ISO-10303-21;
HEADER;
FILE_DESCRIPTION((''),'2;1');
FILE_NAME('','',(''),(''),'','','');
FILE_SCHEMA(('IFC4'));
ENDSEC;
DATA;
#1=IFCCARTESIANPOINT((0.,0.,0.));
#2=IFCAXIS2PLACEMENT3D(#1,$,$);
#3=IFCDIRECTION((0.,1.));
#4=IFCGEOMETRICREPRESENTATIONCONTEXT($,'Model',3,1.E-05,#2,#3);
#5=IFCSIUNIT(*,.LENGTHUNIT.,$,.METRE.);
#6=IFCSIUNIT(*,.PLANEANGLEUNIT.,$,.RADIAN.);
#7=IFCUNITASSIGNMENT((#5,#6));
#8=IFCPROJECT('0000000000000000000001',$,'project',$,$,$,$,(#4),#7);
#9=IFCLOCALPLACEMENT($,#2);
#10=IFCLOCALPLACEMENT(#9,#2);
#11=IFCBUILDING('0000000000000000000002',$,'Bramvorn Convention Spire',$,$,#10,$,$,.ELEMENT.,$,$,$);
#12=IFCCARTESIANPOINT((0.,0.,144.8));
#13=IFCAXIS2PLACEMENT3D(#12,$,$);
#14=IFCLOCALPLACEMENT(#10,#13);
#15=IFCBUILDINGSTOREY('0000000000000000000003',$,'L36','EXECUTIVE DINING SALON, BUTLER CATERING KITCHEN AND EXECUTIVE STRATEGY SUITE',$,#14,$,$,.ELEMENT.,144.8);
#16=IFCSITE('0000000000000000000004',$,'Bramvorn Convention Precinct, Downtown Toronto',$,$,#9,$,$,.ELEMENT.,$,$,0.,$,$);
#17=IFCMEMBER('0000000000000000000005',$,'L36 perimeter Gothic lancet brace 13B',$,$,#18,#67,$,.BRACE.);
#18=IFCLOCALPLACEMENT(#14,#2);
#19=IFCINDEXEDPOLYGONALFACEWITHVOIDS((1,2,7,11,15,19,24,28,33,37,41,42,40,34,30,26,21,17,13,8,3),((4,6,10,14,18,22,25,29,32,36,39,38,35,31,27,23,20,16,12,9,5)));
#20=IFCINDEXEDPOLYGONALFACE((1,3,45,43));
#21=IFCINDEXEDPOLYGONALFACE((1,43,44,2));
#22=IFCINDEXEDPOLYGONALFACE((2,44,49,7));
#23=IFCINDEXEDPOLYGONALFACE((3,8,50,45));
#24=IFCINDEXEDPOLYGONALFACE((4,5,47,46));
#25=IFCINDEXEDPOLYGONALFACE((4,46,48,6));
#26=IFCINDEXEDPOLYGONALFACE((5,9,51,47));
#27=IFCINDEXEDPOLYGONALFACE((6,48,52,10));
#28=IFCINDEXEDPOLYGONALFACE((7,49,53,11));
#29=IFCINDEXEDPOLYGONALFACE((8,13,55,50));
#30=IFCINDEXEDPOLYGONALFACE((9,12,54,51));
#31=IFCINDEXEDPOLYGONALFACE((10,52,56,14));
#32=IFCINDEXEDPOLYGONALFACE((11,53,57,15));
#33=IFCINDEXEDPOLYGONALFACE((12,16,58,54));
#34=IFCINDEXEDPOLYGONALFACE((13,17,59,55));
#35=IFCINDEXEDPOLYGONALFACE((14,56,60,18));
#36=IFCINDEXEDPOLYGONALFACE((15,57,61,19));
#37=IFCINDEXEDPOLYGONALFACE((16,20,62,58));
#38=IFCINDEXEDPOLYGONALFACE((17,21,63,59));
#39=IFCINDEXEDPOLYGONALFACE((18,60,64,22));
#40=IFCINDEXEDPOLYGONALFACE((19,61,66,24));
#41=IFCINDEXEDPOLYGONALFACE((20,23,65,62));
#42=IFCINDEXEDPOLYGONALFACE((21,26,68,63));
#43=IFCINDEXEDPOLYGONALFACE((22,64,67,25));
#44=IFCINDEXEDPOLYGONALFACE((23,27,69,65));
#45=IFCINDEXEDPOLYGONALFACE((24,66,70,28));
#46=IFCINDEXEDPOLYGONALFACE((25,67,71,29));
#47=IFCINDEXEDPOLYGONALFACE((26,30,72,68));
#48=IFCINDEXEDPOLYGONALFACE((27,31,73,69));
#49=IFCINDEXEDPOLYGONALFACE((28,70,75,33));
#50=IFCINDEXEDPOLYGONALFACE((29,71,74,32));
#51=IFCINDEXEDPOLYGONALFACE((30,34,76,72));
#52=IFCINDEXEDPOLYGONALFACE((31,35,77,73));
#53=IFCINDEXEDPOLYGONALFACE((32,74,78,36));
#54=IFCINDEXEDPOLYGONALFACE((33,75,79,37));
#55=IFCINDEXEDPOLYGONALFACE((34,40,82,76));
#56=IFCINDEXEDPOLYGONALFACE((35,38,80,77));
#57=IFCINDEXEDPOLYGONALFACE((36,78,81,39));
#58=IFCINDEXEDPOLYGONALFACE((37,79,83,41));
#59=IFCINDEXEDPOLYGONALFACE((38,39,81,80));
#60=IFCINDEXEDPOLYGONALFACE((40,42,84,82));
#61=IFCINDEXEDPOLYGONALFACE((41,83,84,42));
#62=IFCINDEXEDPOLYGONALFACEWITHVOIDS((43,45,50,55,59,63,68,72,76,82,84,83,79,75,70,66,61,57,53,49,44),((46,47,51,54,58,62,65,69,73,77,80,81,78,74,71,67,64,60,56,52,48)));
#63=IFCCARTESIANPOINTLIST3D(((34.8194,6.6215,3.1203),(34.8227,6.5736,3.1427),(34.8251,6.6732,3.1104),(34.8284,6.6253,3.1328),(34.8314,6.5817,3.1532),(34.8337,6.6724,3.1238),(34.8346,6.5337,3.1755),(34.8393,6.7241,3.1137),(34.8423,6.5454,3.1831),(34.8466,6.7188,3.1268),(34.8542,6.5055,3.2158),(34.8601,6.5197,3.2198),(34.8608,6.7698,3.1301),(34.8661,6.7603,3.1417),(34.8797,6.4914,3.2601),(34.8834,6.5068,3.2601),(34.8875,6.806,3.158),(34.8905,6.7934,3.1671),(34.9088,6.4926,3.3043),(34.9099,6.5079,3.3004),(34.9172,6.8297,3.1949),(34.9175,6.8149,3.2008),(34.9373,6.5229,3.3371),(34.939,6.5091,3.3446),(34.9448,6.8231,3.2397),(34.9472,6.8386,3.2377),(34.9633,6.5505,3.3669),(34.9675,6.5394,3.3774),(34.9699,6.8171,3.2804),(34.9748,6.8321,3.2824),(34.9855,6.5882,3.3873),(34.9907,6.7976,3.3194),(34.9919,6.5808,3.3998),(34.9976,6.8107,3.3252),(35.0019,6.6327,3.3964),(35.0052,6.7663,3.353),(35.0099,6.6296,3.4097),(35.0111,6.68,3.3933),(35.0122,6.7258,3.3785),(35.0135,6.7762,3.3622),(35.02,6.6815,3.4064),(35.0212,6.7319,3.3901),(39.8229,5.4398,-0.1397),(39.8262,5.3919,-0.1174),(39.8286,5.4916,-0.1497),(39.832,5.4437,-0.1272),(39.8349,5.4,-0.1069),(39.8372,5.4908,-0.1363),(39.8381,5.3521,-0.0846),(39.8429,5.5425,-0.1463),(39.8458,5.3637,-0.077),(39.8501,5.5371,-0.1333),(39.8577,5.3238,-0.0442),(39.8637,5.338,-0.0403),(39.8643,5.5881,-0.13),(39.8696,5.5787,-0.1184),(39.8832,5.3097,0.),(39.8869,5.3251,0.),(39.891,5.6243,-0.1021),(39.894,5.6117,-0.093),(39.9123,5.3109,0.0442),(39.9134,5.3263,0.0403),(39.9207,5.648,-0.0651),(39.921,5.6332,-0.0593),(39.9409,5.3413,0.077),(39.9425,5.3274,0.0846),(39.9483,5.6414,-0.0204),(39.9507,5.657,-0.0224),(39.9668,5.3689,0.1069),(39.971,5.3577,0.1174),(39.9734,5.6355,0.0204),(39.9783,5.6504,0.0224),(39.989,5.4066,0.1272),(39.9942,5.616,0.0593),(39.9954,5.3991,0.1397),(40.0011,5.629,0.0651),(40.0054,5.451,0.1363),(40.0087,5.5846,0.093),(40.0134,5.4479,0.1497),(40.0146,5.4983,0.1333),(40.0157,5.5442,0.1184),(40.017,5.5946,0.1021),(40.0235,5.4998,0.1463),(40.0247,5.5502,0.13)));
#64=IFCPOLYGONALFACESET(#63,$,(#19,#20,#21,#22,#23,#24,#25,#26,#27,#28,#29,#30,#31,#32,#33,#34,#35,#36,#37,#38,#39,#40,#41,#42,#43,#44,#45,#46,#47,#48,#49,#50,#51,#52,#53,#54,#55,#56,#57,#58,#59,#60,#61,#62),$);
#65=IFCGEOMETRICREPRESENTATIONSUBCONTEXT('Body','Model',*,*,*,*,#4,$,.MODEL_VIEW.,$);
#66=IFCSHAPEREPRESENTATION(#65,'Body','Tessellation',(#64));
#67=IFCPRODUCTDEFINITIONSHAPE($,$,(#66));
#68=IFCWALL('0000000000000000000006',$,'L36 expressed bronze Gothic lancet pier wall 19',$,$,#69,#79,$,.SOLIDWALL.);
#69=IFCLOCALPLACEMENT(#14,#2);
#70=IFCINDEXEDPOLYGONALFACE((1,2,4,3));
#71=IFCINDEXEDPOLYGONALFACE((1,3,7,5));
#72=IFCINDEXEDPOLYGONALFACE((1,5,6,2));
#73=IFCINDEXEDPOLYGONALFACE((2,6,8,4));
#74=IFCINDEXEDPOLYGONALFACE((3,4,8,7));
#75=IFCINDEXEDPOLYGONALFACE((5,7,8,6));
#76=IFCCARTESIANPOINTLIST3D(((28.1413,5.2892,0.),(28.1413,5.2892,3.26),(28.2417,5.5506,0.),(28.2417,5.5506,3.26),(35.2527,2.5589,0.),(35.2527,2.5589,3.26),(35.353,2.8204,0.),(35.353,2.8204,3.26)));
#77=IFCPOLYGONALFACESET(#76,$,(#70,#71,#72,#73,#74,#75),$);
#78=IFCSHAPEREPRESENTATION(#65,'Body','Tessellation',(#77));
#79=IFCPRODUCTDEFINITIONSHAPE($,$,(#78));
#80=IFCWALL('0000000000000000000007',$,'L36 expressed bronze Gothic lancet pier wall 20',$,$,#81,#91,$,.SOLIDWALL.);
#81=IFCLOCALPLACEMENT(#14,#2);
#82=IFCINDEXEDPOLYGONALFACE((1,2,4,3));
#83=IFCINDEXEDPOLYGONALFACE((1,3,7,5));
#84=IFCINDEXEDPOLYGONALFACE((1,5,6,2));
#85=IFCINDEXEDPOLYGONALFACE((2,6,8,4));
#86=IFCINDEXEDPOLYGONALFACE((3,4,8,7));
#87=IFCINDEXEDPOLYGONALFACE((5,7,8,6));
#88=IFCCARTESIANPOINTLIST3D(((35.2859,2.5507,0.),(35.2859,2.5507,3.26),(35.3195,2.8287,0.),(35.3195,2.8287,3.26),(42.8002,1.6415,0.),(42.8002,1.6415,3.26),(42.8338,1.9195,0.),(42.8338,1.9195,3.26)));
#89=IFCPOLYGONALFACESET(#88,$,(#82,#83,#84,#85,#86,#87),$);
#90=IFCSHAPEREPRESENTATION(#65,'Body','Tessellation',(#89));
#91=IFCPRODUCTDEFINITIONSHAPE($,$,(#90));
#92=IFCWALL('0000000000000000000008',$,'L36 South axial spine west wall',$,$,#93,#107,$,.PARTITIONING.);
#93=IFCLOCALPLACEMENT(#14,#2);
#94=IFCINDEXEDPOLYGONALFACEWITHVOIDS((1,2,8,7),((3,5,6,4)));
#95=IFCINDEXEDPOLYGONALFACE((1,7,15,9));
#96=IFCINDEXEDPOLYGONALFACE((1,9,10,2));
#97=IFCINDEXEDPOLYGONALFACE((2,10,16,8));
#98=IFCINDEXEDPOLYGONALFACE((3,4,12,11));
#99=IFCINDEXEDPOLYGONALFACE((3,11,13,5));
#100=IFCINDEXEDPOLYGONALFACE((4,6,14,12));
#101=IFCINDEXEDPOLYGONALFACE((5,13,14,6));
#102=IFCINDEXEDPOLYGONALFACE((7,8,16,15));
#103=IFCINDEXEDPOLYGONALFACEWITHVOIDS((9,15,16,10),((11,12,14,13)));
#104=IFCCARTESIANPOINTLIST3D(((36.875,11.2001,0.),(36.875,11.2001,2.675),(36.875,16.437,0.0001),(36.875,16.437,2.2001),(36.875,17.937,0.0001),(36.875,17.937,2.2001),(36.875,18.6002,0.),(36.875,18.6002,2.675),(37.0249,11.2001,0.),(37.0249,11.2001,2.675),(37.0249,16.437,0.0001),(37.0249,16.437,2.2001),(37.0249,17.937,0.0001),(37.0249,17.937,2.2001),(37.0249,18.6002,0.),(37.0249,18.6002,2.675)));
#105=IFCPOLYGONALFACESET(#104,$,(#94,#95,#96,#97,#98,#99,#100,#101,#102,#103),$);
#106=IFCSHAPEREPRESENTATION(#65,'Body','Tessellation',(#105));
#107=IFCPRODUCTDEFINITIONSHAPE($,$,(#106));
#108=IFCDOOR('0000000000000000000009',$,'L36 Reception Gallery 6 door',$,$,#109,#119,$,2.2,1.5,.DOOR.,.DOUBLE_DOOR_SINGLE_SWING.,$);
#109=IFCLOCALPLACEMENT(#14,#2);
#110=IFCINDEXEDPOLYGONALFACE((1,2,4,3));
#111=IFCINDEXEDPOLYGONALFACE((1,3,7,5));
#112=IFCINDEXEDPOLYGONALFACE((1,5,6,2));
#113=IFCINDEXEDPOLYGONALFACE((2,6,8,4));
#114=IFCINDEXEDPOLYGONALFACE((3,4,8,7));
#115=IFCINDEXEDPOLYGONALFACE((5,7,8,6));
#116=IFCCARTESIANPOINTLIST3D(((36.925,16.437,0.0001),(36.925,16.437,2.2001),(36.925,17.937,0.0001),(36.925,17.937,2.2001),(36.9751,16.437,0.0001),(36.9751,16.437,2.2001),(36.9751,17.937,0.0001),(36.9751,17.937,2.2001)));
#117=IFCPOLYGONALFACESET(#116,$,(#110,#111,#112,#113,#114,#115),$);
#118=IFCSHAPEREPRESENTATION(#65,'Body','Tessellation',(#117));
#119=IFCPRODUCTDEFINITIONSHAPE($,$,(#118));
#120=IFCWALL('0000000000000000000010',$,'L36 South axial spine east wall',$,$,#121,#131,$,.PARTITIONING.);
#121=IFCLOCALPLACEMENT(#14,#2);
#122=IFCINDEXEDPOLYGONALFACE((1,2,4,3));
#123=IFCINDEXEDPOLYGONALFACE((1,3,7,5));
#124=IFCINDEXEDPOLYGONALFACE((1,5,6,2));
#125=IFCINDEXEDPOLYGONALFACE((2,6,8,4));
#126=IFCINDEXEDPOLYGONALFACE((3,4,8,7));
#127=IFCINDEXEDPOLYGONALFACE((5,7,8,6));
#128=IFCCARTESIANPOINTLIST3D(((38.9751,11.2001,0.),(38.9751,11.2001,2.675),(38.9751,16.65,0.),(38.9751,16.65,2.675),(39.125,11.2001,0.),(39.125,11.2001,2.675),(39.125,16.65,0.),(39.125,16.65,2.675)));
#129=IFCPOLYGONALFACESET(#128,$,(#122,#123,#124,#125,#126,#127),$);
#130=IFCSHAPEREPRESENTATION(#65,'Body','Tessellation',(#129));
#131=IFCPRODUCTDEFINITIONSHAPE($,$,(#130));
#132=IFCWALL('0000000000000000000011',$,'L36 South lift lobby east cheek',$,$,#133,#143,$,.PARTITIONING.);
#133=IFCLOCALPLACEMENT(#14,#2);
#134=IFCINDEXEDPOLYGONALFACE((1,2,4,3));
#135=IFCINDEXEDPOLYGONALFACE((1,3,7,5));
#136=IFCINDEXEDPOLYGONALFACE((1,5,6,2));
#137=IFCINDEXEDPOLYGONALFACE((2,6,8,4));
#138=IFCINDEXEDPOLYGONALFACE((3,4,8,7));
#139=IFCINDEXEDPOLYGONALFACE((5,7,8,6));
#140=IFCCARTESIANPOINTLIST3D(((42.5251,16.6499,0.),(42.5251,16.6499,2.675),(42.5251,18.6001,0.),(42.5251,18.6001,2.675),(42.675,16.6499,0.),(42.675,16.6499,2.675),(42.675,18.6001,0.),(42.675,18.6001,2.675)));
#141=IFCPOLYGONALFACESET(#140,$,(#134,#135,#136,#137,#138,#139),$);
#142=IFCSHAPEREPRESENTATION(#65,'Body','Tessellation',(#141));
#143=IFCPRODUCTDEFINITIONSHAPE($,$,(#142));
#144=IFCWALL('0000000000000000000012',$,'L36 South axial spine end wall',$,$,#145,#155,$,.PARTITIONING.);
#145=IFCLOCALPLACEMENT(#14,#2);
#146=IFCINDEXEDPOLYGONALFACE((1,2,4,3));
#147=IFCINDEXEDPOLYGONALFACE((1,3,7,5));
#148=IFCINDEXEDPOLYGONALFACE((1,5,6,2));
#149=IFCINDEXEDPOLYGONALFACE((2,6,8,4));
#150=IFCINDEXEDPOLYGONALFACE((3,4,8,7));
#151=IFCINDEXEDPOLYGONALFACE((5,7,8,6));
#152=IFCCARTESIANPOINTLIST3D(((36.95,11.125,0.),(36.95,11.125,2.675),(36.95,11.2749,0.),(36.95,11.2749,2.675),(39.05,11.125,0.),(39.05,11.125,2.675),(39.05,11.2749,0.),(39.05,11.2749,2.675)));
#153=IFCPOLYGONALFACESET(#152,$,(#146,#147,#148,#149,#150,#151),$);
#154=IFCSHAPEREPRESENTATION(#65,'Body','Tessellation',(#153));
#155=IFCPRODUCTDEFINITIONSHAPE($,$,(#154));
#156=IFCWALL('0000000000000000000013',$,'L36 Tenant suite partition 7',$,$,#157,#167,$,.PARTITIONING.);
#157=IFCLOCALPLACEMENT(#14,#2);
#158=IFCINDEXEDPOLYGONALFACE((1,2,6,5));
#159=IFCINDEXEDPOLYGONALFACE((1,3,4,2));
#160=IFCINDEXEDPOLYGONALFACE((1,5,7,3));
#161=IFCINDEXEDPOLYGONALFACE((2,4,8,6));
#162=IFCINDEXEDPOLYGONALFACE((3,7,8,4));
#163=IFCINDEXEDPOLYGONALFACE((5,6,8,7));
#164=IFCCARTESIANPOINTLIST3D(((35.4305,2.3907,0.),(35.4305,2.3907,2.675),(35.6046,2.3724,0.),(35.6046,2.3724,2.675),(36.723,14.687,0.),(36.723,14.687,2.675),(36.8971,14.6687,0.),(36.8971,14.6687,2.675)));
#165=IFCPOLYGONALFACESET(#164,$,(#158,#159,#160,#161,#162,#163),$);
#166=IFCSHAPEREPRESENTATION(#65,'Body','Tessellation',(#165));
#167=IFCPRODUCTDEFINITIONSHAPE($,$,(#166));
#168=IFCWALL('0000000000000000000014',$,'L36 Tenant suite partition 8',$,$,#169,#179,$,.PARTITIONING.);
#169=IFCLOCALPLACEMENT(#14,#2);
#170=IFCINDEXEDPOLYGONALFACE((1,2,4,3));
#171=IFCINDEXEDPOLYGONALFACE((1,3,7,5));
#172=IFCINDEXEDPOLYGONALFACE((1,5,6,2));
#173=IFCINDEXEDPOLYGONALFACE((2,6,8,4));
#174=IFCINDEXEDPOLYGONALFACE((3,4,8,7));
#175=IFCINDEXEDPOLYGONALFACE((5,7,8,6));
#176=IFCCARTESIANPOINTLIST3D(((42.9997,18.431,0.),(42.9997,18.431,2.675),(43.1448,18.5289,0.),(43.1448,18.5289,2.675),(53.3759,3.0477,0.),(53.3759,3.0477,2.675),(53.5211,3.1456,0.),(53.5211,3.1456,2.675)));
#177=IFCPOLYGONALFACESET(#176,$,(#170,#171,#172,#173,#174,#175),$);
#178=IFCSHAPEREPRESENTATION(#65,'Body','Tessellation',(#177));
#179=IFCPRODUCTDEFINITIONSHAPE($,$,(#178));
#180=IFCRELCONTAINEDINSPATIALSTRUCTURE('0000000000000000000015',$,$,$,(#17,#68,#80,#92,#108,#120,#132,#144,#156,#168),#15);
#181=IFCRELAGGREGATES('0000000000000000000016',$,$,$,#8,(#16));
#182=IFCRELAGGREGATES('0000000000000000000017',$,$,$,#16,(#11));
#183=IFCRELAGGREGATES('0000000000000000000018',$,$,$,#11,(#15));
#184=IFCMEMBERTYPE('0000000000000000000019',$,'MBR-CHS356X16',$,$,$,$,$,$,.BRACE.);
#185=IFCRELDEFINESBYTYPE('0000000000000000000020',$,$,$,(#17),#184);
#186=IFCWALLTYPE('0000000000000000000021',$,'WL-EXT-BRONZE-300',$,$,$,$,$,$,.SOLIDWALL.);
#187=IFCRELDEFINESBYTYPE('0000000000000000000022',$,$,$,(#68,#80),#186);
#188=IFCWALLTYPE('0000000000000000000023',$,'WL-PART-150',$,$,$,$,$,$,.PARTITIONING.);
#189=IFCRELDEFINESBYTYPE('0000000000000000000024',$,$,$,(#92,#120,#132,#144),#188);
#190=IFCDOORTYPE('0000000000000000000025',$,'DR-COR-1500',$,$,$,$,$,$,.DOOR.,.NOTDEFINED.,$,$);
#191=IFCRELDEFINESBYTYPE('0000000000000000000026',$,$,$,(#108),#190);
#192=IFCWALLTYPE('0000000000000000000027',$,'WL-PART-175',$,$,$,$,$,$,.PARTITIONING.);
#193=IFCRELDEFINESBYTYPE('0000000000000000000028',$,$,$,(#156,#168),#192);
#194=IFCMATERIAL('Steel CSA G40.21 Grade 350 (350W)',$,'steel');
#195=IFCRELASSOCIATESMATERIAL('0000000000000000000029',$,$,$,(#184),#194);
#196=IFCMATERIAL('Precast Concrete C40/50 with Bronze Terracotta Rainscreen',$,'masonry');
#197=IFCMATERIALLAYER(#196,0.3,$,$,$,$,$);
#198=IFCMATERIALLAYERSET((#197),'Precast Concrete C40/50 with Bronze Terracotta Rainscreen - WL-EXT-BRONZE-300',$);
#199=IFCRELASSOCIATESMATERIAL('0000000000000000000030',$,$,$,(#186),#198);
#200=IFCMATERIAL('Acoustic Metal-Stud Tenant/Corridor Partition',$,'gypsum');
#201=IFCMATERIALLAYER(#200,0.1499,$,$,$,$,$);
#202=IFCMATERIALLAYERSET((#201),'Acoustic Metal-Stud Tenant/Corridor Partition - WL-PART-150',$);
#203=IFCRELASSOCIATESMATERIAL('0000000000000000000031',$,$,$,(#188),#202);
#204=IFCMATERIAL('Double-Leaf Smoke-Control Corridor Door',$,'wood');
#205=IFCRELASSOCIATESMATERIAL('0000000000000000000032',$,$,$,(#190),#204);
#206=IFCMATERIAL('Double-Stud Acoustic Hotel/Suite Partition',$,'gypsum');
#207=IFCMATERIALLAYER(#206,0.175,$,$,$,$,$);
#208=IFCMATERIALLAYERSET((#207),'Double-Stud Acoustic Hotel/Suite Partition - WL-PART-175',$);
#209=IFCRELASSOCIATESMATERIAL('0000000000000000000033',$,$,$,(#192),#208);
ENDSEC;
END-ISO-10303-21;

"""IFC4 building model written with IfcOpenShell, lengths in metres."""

from ifc_helpers import new_model, si_unit, direction, frame, frame_2d, origin, origin_2d, place, context, subcontext, project, spatial, rectangle, hollow_circle, extrude, material, layer, layer_set, material_profile, profile_set, type_object, element, fill, save


model = new_model("IFC4")

# Units and contexts
model_context = context("Model", 3, precision=1e-05, world=origin(), true_north=direction((0.0, 1.0)))
body_context = subcontext(model_context, "Body", "Model", "MODEL_VIEW")
ifc_project = project(units=[si_unit("LENGTHUNIT", "METRE"), si_unit("PLANEANGLEUNIT", "RADIAN")], contexts=[model_context])

# Site, building, storey
site_placement = place(None, origin())
site = spatial("IfcSite", under=ifc_project, at=site_placement, Name="Bramvorn Convention Precinct, Downtown Toronto", CompositionType="ELEMENT", RefElevation=0.0)
building_placement = place(site_placement, origin())
building = spatial("IfcBuilding", under=site, at=building_placement, Name="Bramvorn Convention Spire", CompositionType="ELEMENT")
storey_placement = place(building_placement, frame((0.0, 0.0, 144.8)))
storey = spatial("IfcBuildingStorey", under=building, at=storey_placement, Name="L36", Description="EXECUTIVE DINING SALON, BUTLER CATERING KITCHEN AND EXECUTIVE STRATEGY SUITE", CompositionType="ELEMENT", Elevation=144.8)

# Shared definitions
ifc_material_1 = material(Name="Steel CSA G40.21 Grade 350 (350W)", Category="steel")

# Member
ifc_material_profile_1 = material_profile(ifc_material_1, hollow_circle(Radius=0.1777, WallThickness=0.0159, at=origin_2d()))
ifc_profile_set_1 = profile_set([ifc_material_profile_1], Name="Steel CSA G40.21 Grade 350 (350W) - CHS356X16")
member_type = type_object("IfcMemberType", Name="MBR-CHS356X16", PredefinedType="BRACE", material=ifc_profile_set_1)
member_placement = place(storey_placement, frame((39.9241, 5.4827, 0.0), z_axis=(-0.821911, 0.194108, 0.535522), x_axis=(-0.229844, -0.973228, 0.0)))
element("IfcMember", 1, at=member_placement, inside=storey, type_object=member_type, Name="L36 perimeter Gothic lancet brace 13B", PredefinedType="BRACE", context=body_context, shape_type="SweptSolid", body=[
    extrude(hollow_circle(Radius=0.1777, WallThickness=0.0159, at=origin_2d()), origin(), (0.0, 0.0, 1.0), 6.0876),
])

# Walls
ifc_material_2 = material(Name="Precast Concrete C40/50 with Bronze Terracotta Rainscreen", Category="masonry")
ifc_layer_1 = layer(ifc_material_2, 0.3)
ifc_layer_set_1 = layer_set([ifc_layer_1], Name="Precast Concrete C40/50 with Bronze Terracotta Rainscreen - WL-EXT-BRONZE-300")
wall_type_1 = type_object("IfcWallType", Name="WL-EXT-BRONZE-300", PredefinedType="SOLIDWALL", material=ifc_layer_set_1)
wall_1_placement = place(storey_placement, frame((35.3027, 2.6897, 0.0), z_axis=(0.0, 0.0, 1.0), x_axis=(-0.933561, 0.358418, 0.0)))
element("IfcWall", 2, at=wall_1_placement, inside=storey, type_object=wall_type_1, Name="L36 expressed bronze Gothic lancet pier wall 19", PredefinedType="SOLIDWALL", context=body_context, shape_type="SweptSolid", body=[
    extrude(rectangle(XDim=7.6174, YDim=0.28, at=frame_2d((3.8086, 0.0))), origin(), (0.0, 0.0, 1.0), 3.26),
])
wall_2_placement = place(storey_placement, frame((42.8171, 1.7805, 0.0), z_axis=(0.0, 0.0, 1.0), x_axis=(-0.99276, 0.120116, 0.0)))
element("IfcWall", 3, at=wall_2_placement, inside=storey, type_object=wall_type_1, Name="L36 expressed bronze Gothic lancet pier wall 20", PredefinedType="SOLIDWALL", context=body_context, shape_type="SweptSolid", body=[
    extrude(rectangle(XDim=7.5691, YDim=0.28, at=frame_2d((3.7847, 0.0))), origin(), (0.0, 0.0, 1.0), 3.26),
])

# Wall, opening, door
ifc_material_3 = material(Name="Acoustic Metal-Stud Tenant/Corridor Partition", Category="gypsum")
ifc_layer_2 = layer(ifc_material_3, 0.1499)
ifc_layer_set_2 = layer_set([ifc_layer_2], Name="Acoustic Metal-Stud Tenant/Corridor Partition - WL-PART-150")
wall_type_2 = type_object("IfcWallType", Name="WL-PART-150", PredefinedType="PARTITIONING", material=ifc_layer_set_2)
wall_3_placement = place(storey_placement, frame((36.95, 11.2, 0.0), z_axis=(0.0, 0.0, 1.0), x_axis=(0.0, 1.0, 0.0)))
wall_3 = element("IfcWall", 4, at=wall_3_placement, inside=storey, type_object=wall_type_2, Name="L36 South axial spine west wall", PredefinedType="PARTITIONING", context=body_context, shape_type="SweptSolid", body=[
    extrude(rectangle(XDim=7.4001, YDim=0.1499, at=frame_2d((3.7002, 0.0))), origin(), (0.0, 0.0, 1.0), 2.675),
])
opening_1_placement = place(wall_3_placement, frame((5.2371, 0.0, 0.0)))
opening_1 = element("IfcOpeningElement", 5, at=opening_1_placement, cuts=wall_3, PredefinedType="OPENING", context=body_context, shape_type="SweptSolid", body=[
    extrude(rectangle(XDim=1.5, YDim=2.2, at=frame_2d((0.75, 1.1001))), frame((0.0, 0.085, 0.0), z_axis=(0.0, -1.0, 0.0), x_axis=(1.0, 0.0, 0.0)), (0.0, 0.0, 1.0), 0.1699),
])
ifc_material_4 = material(Name="Double-Leaf Smoke-Control Corridor Door", Category="wood")
door_type_1 = type_object("IfcDoorType", Name="DR-COR-1500", OperationType="NOTDEFINED", PredefinedType="DOOR", material=ifc_material_4)
door_1_placement = place(opening_1_placement, origin())
door_1 = element("IfcDoor", 6, at=door_1_placement, inside=storey, type_object=door_type_1, Name="L36 Reception Gallery 6 door", OperationType="DOUBLE_DOOR_SINGLE_SWING", OverallHeight=2.2, OverallWidth=1.5, PredefinedType="DOOR", context=body_context, shape_type="SweptSolid", body=[
    extrude(rectangle(XDim=1.5, YDim=2.2, at=frame_2d((0.75, 1.1001))), frame((0.0, 0.0249, 0.0), z_axis=(0.0, -1.0, 0.0), x_axis=(1.0, 0.0, 0.0)), (0.0, 0.0, 1.0), 0.05),
])
fill(opening_1, door_1)

# Wall
wall_4_placement = place(storey_placement, frame((39.05, 11.2, 0.0), z_axis=(0.0, 0.0, 1.0), x_axis=(0.0, 1.0, 0.0)))
element("IfcWall", 7, at=wall_4_placement, inside=storey, type_object=wall_type_2, Name="L36 South axial spine east wall", PredefinedType="PARTITIONING", context=body_context, shape_type="SweptSolid", body=[
    extrude(rectangle(XDim=5.45, YDim=0.1499, at=frame_2d((2.7251, 0.0))), origin(), (0.0, 0.0, 1.0), 2.675),
])

# Walls
wall_5_placement = place(storey_placement, frame((42.6001, 16.6499, 0.0), z_axis=(0.0, 0.0, 1.0), x_axis=(0.0, 1.0, 0.0)))
element("IfcWall", 8, at=wall_5_placement, inside=storey, type_object=wall_type_2, Name="L36 South lift lobby east cheek", PredefinedType="PARTITIONING", context=body_context, shape_type="SweptSolid", body=[
    extrude(rectangle(XDim=1.9502, YDim=0.1499, at=frame_2d((0.9751, 0.0))), origin(), (0.0, 0.0, 1.0), 2.675),
])
wall_6_placement = place(storey_placement, frame((36.95, 11.2, 0.0), z_axis=(0.0, 0.0, 1.0), x_axis=(1.0, 0.0, 0.0)))
element("IfcWall", 9, at=wall_6_placement, inside=storey, type_object=wall_type_2, Name="L36 South axial spine end wall", PredefinedType="PARTITIONING", context=body_context, shape_type="SweptSolid", body=[
    extrude(rectangle(XDim=2.1001, YDim=0.1499, at=frame_2d((1.05, 0.0))), origin(), (0.0, 0.0, 1.0), 2.675),
])
ifc_material_5 = material(Name="Double-Stud Acoustic Hotel/Suite Partition", Category="gypsum")
ifc_layer_3 = layer(ifc_material_5, 0.175)
ifc_layer_set_3 = layer_set([ifc_layer_3], Name="Double-Stud Acoustic Hotel/Suite Partition - WL-PART-175")
wall_type_3 = type_object("IfcWallType", Name="WL-PART-175", PredefinedType="PARTITIONING", material=ifc_layer_set_3)
wall_7_placement = place(storey_placement, frame((36.8101, 14.678, 0.0), z_axis=(0.0, 0.0, 1.0), x_axis=(-0.104535, -0.994521, 0.0)))
element("IfcWall", 10, at=wall_7_placement, inside=storey, type_object=wall_type_3, Name="L36 Tenant suite partition 7", PredefinedType="PARTITIONING", context=body_context, shape_type="SweptSolid", body=[
    extrude(rectangle(XDim=12.364, YDim=0.175, at=frame_2d((6.1821, 0.0))), origin(), (0.0, 0.0, 1.0), 2.675),
])
wall_8_placement = place(storey_placement, frame((43.0723, 18.48, 0.0), z_axis=(0.0, 0.0, 1.0), x_axis=(0.559195, -0.829036, 0.0)))
element("IfcWall", 11, at=wall_8_placement, inside=storey, type_object=wall_type_3, Name="L36 Tenant suite partition 8", PredefinedType="PARTITIONING", context=body_context, shape_type="SweptSolid", body=[
    extrude(rectangle(XDim=18.5557, YDim=0.175, at=frame_2d((9.2778, 0.0))), origin(), (0.0, 0.0, 1.0), 2.675),
])

save(model, "model.ifc")
